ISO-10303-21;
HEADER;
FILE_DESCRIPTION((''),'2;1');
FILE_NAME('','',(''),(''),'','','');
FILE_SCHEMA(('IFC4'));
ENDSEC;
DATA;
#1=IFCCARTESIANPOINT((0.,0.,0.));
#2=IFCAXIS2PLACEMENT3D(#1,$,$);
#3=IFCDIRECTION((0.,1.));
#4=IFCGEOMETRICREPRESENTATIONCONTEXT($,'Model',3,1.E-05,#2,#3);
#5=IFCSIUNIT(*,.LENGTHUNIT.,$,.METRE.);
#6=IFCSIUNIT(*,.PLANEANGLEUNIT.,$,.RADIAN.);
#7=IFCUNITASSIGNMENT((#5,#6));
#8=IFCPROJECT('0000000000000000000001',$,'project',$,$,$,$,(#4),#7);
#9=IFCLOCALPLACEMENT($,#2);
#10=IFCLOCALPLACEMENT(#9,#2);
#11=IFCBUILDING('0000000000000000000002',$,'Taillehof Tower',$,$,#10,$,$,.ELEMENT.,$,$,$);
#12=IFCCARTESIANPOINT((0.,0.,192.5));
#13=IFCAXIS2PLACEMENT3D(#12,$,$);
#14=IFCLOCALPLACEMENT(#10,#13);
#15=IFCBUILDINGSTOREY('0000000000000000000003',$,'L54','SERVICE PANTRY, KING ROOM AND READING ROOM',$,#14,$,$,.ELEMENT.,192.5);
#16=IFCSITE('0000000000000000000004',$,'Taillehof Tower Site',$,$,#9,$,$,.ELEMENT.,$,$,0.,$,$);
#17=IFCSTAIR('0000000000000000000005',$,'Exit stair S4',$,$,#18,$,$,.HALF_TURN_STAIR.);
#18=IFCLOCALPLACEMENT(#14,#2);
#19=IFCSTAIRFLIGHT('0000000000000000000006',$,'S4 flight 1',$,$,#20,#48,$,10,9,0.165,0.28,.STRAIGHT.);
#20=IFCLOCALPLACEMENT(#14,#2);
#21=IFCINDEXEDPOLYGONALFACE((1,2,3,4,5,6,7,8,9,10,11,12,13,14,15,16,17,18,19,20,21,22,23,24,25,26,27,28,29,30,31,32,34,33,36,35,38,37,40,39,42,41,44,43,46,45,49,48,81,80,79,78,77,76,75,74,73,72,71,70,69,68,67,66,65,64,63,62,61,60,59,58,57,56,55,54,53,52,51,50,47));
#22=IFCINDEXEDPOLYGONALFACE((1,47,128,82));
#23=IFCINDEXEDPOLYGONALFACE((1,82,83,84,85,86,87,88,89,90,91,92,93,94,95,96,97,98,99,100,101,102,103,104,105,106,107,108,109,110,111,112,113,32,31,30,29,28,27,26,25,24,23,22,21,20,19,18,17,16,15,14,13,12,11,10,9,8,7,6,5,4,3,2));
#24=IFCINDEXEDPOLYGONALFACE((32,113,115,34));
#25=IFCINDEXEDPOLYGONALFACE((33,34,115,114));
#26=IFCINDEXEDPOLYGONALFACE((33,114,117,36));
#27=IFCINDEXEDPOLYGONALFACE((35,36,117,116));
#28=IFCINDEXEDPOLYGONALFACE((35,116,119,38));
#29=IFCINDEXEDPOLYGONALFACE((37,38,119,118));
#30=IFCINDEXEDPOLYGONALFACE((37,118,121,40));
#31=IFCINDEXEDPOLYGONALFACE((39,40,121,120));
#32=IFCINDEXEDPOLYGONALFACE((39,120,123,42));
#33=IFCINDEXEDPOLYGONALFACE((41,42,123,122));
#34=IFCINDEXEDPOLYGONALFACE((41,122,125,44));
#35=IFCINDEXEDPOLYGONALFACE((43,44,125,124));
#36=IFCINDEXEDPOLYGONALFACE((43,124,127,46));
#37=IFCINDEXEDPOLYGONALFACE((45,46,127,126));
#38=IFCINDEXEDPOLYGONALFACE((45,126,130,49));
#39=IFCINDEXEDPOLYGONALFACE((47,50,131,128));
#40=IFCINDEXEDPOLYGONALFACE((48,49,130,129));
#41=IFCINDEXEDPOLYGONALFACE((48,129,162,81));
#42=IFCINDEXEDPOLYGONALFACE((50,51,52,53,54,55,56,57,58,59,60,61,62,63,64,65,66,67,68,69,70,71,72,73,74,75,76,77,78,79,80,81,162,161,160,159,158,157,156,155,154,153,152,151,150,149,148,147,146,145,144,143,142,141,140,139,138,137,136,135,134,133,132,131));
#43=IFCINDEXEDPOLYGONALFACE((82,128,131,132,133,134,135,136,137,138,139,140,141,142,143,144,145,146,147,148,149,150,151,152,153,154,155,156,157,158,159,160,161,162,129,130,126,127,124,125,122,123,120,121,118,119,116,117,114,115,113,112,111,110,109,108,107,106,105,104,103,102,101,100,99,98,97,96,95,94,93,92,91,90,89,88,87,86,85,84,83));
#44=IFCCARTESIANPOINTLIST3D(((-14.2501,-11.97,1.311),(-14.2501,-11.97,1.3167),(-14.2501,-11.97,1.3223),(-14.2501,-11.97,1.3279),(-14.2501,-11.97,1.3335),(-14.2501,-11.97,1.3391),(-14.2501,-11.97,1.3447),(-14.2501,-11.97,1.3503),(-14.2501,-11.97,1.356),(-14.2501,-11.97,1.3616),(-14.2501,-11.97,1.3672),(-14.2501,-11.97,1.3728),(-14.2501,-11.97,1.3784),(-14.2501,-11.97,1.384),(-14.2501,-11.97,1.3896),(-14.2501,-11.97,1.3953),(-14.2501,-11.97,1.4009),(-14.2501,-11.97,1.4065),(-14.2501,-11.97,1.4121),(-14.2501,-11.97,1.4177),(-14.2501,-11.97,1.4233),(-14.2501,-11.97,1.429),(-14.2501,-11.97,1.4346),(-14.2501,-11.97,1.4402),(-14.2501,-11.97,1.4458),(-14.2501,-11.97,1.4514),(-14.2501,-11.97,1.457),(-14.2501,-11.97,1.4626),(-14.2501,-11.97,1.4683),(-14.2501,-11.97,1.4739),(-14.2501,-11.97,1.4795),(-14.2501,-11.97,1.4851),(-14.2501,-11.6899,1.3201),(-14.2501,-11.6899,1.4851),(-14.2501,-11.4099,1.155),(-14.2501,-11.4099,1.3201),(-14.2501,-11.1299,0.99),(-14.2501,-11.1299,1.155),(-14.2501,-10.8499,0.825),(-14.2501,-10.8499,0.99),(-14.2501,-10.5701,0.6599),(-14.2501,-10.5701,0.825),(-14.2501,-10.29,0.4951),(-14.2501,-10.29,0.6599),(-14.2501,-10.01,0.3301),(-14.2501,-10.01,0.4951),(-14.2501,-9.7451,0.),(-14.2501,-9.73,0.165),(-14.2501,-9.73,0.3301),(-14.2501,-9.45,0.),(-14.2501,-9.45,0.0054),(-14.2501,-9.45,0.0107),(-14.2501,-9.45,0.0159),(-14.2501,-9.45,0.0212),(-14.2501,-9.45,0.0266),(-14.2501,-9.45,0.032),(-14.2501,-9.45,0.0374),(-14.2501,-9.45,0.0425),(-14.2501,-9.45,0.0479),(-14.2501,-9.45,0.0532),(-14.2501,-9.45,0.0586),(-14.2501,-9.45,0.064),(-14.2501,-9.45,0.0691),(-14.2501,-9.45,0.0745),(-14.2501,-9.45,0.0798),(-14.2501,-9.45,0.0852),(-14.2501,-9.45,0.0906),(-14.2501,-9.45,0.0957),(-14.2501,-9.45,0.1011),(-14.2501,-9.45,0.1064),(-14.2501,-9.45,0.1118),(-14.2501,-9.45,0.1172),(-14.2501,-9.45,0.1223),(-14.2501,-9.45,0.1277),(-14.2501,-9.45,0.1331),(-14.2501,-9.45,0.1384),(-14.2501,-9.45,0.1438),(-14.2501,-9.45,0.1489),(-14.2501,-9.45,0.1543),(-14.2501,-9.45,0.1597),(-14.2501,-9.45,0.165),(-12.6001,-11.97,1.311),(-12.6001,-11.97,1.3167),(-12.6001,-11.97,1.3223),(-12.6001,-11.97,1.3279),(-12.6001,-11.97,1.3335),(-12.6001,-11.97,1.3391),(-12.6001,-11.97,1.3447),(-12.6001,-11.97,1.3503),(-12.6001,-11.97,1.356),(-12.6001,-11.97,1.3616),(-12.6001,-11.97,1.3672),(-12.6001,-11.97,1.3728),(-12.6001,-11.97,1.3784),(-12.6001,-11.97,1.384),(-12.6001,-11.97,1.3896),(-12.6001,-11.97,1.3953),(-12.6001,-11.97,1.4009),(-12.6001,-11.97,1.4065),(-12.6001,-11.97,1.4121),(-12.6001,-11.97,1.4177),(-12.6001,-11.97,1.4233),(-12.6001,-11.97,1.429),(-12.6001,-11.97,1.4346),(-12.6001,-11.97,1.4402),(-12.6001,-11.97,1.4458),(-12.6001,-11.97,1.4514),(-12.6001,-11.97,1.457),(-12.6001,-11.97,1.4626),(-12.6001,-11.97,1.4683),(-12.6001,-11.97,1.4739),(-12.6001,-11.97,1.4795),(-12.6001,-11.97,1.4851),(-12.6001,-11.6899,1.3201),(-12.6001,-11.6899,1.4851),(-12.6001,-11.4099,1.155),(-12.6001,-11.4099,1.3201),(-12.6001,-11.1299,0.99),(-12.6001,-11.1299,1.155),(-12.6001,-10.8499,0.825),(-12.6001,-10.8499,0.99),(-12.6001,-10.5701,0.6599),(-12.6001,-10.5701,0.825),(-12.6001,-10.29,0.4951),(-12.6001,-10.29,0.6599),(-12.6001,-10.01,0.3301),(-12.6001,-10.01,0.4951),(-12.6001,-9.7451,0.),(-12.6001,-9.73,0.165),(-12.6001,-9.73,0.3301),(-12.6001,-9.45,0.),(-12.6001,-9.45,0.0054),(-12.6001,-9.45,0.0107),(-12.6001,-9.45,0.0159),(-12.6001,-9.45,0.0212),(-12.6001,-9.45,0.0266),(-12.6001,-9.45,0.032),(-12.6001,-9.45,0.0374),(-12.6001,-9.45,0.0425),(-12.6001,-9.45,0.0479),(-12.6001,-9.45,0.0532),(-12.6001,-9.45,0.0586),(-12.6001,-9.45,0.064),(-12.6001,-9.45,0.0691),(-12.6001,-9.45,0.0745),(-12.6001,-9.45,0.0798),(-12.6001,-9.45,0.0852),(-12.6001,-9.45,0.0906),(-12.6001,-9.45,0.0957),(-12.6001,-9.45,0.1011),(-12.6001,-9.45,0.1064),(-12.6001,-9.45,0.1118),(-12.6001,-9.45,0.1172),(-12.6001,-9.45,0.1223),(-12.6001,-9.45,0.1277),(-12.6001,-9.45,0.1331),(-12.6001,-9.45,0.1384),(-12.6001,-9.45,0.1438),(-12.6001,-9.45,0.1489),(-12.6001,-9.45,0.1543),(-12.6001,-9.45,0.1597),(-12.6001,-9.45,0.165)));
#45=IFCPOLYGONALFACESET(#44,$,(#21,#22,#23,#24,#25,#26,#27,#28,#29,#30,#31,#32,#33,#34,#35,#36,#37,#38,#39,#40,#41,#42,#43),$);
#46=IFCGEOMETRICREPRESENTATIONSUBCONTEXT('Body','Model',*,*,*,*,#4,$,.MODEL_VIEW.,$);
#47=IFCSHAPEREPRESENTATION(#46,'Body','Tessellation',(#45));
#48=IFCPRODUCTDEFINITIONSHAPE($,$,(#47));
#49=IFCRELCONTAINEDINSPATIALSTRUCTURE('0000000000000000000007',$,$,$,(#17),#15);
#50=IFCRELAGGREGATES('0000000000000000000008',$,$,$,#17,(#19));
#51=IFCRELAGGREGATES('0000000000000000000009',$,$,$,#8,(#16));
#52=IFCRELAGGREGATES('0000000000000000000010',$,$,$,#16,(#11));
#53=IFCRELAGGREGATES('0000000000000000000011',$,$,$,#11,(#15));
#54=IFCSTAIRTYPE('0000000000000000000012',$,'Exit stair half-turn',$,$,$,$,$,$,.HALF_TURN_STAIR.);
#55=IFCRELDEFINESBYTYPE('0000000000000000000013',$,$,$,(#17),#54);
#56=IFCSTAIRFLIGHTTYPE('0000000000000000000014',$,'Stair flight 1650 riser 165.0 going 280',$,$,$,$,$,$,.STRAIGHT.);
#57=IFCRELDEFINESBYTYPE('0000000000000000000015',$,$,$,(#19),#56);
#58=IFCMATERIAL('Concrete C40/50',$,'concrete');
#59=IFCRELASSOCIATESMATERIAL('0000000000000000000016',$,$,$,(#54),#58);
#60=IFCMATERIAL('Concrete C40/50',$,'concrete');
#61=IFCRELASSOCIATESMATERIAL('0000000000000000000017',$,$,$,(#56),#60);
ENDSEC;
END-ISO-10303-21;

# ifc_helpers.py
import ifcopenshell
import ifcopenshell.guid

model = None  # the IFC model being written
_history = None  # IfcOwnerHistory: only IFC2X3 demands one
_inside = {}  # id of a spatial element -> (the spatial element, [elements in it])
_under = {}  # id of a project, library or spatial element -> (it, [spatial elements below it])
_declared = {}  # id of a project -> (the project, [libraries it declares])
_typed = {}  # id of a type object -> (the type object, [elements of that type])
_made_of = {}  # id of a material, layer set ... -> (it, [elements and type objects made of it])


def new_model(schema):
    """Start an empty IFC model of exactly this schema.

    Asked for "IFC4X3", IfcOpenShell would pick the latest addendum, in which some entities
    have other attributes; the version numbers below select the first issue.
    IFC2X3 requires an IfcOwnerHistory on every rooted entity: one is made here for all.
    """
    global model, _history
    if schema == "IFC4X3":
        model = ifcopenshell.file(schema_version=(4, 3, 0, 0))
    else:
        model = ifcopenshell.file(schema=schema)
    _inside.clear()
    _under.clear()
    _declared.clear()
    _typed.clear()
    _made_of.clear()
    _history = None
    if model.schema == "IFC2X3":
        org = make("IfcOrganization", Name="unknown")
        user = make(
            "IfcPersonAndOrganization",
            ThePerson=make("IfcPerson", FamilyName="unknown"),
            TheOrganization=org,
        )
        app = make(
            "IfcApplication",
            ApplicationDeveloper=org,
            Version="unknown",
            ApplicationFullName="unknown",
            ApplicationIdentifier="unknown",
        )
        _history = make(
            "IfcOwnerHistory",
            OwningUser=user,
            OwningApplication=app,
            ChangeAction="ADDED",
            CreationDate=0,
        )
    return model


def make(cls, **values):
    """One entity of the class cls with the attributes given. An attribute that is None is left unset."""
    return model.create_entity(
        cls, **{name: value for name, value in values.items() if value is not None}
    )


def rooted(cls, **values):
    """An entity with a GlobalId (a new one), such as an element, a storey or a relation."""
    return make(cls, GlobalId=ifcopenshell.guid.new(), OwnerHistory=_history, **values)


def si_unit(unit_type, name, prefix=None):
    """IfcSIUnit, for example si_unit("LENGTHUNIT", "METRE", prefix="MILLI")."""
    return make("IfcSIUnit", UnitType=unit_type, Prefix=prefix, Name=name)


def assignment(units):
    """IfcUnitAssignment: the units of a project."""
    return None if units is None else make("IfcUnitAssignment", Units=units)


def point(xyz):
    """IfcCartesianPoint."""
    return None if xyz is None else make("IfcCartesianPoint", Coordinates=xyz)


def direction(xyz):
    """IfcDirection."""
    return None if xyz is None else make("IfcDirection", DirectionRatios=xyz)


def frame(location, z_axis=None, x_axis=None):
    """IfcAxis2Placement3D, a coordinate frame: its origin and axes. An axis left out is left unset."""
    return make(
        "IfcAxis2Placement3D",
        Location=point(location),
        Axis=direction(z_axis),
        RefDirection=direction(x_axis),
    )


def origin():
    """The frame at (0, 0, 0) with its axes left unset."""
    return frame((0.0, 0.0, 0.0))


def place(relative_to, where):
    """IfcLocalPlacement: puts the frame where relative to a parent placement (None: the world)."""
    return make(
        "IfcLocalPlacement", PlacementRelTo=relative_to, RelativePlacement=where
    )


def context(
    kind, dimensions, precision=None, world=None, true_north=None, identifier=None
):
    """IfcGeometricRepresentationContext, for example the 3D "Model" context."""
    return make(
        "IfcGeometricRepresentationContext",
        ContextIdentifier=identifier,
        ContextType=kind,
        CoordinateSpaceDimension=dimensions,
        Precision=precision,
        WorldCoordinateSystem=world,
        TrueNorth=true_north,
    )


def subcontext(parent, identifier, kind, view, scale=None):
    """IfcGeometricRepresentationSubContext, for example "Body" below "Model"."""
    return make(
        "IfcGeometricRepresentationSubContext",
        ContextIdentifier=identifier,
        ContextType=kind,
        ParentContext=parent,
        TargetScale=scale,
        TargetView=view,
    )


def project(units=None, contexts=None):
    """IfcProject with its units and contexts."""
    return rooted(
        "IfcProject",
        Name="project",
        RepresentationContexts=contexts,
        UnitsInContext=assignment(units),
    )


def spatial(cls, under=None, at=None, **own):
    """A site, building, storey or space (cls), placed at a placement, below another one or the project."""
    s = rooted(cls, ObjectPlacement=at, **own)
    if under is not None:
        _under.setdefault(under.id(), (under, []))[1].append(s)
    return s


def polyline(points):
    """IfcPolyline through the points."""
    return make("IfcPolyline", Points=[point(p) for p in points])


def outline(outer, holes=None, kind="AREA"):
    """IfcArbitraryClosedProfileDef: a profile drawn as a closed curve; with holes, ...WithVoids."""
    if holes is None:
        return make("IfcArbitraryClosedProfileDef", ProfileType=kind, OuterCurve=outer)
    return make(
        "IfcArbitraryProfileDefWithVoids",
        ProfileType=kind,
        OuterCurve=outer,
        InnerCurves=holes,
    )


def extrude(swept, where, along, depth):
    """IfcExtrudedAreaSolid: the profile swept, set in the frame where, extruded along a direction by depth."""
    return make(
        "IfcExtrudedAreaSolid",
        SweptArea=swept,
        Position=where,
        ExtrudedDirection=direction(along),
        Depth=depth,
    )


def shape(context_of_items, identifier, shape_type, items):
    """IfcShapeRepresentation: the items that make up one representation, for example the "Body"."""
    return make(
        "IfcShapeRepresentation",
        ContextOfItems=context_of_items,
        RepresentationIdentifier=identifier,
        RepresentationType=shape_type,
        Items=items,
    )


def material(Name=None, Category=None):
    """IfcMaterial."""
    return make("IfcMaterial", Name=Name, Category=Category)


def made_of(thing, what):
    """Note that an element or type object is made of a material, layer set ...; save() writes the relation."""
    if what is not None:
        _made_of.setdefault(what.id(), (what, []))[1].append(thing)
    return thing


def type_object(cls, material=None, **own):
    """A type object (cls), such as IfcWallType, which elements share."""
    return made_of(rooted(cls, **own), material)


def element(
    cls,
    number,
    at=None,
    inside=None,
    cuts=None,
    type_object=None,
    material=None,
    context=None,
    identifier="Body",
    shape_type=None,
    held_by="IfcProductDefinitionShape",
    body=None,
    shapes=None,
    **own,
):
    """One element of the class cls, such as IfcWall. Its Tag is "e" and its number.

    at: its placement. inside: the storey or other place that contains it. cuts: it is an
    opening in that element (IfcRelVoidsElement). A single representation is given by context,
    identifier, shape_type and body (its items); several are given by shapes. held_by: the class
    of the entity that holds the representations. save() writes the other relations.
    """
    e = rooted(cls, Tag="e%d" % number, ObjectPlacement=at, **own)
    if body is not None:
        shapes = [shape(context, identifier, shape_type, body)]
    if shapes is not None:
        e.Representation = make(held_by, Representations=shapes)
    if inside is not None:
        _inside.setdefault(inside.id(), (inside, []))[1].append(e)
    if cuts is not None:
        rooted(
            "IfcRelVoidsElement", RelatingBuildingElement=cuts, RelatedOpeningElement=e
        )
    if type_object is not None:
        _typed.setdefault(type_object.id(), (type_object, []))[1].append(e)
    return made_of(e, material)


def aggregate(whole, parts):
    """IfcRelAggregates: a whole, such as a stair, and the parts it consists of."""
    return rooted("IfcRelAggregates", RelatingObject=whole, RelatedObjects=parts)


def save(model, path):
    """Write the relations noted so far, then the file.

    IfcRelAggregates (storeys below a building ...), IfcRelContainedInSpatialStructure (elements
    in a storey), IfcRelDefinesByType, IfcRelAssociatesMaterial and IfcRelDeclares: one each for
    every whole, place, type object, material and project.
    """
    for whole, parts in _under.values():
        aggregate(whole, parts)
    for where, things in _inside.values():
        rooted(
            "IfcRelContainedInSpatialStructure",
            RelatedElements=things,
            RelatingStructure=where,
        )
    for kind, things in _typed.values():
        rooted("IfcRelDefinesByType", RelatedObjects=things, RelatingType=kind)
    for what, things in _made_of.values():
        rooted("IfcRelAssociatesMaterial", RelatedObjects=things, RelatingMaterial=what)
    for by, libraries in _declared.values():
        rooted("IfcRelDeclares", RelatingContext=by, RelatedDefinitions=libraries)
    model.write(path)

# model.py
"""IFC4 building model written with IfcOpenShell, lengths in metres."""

from ifc_helpers import new_model, si_unit, direction, frame, origin, place, context, subcontext, project, spatial, polyline, outline, extrude, material, type_object, element, aggregate, save


model = new_model("IFC4")

# Units and contexts
model_context = context("Model", 3, precision=1e-05, world=origin(), true_north=direction((0.0, 1.0)))
body_context = subcontext(model_context, "Body", "Model", "MODEL_VIEW")
ifc_project = project(units=[si_unit("LENGTHUNIT", "METRE"), si_unit("PLANEANGLEUNIT", "RADIAN")], contexts=[model_context])

# Site, building, storey
site_placement = place(None, origin())
site = spatial("IfcSite", under=ifc_project, at=site_placement, Name="Taillehof Tower Site", CompositionType="ELEMENT", RefElevation=0.0)
building_placement = place(site_placement, origin())
building = spatial("IfcBuilding", under=site, at=building_placement, Name="Taillehof Tower", CompositionType="ELEMENT")
storey_placement = place(building_placement, frame((0.0, 0.0, 192.5)))
storey = spatial("IfcBuildingStorey", under=building, at=storey_placement, Name="L54", Description="SERVICE PANTRY, KING ROOM AND READING ROOM", CompositionType="ELEMENT", Elevation=192.5)

# Stair, stair flight
ifc_material_1 = material(Name="Concrete C40/50", Category="concrete")
stair_type = type_object("IfcStairType", Name="Exit stair half-turn", PredefinedType="HALF_TURN_STAIR", material=ifc_material_1)
stair_placement = place(storey_placement, origin())
stair = element("IfcStair", 1, at=stair_placement, inside=storey, type_object=stair_type, Name="Exit stair S4", PredefinedType="HALF_TURN_STAIR")
ifc_material_2 = material(Name="Concrete C40/50", Category="concrete")
stair_flight_type = type_object("IfcStairFlightType", Name="Stair flight 1650 riser 165.0 going 280", PredefinedType="STRAIGHT", material=ifc_material_2)
stair_flight_placement = place(storey_placement, frame((-13.425, -9.45, 0.0), z_axis=(0.0, 0.0, 1.0), x_axis=(0.0, -1.0, 0.0)))
stair_flight = element("IfcStairFlight", 2, at=stair_flight_placement, type_object=stair_flight_type, Name="S4 flight 1", NumberOfRisers=10, NumberOfTreads=9, PredefinedType="STRAIGHT", RiserHeight=0.165, TreadLength=0.28, context=body_context, shape_type="SweptSolid", body=[
    extrude(outline(polyline([(0.0, 0.0), (0.0, 0.0054), (0.0, 0.0107), (0.0, 0.0159), (0.0, 0.0212), (0.0, 0.0266), (0.0, 0.032), (0.0, 0.0374), (0.0, 0.0425), (0.0, 0.0479), (0.0, 0.0532), (0.0, 0.0586), (0.0, 0.064), (0.0, 0.0691), (0.0, 0.0745), (0.0, 0.0798), (0.0, 0.0852), (0.0, 0.0906), (0.0, 0.0957), (0.0, 0.1011), (0.0, 0.1064), (0.0, 0.1118), (0.0, 0.1172), (0.0, 0.1223), (0.0, 0.1277), (0.0, 0.1331), (0.0, 0.1384), (0.0, 0.1438), (0.0, 0.1489), (0.0, 0.1543), (0.0, 0.1597), (0.0, 0.165), (0.28, 0.165), (0.28, 0.3301), (0.5601, 0.3301), (0.5601, 0.4951), (0.8401, 0.4951), (0.8401, 0.6599), (1.1201, 0.6599), (1.1201, 0.825), (1.3999, 0.825), (1.3999, 0.99), (1.6799, 0.99), (1.6799, 1.155), (1.96, 1.155), (1.96, 1.3201), (2.24, 1.3201), (2.24, 1.4851), (2.52, 1.4851), (2.52, 1.4795), (2.52, 1.4739), (2.52, 1.4683), (2.52, 1.4626), (2.52, 1.457), (2.52, 1.4514), (2.52, 1.4458), (2.52, 1.4402), (2.52, 1.4346), (2.52, 1.429), (2.52, 1.4233), (2.52, 1.4177), (2.52, 1.4121), (2.52, 1.4065), (2.52, 1.4009), (2.52, 1.3953), (2.52, 1.3896), (2.52, 1.384), (2.52, 1.3784), (2.52, 1.3728), (2.52, 1.3672), (2.52, 1.3616), (2.52, 1.356), (2.52, 1.3503), (2.52, 1.3447), (2.52, 1.3391), (2.52, 1.3335), (2.52, 1.3279), (2.52, 1.3223), (2.52, 1.3167), (2.52, 1.311), (0.2952, 0.0), (0.0, 0.0)])), frame((0.0, 0.825, 0.0), z_axis=(0.0, -1.0, 0.0), x_axis=(1.0, 0.0, 0.0)), (0.0, 0.0, 1.0), 1.65),
])
aggregate(stair, [stair_flight])

save(model, "model.ifc")
